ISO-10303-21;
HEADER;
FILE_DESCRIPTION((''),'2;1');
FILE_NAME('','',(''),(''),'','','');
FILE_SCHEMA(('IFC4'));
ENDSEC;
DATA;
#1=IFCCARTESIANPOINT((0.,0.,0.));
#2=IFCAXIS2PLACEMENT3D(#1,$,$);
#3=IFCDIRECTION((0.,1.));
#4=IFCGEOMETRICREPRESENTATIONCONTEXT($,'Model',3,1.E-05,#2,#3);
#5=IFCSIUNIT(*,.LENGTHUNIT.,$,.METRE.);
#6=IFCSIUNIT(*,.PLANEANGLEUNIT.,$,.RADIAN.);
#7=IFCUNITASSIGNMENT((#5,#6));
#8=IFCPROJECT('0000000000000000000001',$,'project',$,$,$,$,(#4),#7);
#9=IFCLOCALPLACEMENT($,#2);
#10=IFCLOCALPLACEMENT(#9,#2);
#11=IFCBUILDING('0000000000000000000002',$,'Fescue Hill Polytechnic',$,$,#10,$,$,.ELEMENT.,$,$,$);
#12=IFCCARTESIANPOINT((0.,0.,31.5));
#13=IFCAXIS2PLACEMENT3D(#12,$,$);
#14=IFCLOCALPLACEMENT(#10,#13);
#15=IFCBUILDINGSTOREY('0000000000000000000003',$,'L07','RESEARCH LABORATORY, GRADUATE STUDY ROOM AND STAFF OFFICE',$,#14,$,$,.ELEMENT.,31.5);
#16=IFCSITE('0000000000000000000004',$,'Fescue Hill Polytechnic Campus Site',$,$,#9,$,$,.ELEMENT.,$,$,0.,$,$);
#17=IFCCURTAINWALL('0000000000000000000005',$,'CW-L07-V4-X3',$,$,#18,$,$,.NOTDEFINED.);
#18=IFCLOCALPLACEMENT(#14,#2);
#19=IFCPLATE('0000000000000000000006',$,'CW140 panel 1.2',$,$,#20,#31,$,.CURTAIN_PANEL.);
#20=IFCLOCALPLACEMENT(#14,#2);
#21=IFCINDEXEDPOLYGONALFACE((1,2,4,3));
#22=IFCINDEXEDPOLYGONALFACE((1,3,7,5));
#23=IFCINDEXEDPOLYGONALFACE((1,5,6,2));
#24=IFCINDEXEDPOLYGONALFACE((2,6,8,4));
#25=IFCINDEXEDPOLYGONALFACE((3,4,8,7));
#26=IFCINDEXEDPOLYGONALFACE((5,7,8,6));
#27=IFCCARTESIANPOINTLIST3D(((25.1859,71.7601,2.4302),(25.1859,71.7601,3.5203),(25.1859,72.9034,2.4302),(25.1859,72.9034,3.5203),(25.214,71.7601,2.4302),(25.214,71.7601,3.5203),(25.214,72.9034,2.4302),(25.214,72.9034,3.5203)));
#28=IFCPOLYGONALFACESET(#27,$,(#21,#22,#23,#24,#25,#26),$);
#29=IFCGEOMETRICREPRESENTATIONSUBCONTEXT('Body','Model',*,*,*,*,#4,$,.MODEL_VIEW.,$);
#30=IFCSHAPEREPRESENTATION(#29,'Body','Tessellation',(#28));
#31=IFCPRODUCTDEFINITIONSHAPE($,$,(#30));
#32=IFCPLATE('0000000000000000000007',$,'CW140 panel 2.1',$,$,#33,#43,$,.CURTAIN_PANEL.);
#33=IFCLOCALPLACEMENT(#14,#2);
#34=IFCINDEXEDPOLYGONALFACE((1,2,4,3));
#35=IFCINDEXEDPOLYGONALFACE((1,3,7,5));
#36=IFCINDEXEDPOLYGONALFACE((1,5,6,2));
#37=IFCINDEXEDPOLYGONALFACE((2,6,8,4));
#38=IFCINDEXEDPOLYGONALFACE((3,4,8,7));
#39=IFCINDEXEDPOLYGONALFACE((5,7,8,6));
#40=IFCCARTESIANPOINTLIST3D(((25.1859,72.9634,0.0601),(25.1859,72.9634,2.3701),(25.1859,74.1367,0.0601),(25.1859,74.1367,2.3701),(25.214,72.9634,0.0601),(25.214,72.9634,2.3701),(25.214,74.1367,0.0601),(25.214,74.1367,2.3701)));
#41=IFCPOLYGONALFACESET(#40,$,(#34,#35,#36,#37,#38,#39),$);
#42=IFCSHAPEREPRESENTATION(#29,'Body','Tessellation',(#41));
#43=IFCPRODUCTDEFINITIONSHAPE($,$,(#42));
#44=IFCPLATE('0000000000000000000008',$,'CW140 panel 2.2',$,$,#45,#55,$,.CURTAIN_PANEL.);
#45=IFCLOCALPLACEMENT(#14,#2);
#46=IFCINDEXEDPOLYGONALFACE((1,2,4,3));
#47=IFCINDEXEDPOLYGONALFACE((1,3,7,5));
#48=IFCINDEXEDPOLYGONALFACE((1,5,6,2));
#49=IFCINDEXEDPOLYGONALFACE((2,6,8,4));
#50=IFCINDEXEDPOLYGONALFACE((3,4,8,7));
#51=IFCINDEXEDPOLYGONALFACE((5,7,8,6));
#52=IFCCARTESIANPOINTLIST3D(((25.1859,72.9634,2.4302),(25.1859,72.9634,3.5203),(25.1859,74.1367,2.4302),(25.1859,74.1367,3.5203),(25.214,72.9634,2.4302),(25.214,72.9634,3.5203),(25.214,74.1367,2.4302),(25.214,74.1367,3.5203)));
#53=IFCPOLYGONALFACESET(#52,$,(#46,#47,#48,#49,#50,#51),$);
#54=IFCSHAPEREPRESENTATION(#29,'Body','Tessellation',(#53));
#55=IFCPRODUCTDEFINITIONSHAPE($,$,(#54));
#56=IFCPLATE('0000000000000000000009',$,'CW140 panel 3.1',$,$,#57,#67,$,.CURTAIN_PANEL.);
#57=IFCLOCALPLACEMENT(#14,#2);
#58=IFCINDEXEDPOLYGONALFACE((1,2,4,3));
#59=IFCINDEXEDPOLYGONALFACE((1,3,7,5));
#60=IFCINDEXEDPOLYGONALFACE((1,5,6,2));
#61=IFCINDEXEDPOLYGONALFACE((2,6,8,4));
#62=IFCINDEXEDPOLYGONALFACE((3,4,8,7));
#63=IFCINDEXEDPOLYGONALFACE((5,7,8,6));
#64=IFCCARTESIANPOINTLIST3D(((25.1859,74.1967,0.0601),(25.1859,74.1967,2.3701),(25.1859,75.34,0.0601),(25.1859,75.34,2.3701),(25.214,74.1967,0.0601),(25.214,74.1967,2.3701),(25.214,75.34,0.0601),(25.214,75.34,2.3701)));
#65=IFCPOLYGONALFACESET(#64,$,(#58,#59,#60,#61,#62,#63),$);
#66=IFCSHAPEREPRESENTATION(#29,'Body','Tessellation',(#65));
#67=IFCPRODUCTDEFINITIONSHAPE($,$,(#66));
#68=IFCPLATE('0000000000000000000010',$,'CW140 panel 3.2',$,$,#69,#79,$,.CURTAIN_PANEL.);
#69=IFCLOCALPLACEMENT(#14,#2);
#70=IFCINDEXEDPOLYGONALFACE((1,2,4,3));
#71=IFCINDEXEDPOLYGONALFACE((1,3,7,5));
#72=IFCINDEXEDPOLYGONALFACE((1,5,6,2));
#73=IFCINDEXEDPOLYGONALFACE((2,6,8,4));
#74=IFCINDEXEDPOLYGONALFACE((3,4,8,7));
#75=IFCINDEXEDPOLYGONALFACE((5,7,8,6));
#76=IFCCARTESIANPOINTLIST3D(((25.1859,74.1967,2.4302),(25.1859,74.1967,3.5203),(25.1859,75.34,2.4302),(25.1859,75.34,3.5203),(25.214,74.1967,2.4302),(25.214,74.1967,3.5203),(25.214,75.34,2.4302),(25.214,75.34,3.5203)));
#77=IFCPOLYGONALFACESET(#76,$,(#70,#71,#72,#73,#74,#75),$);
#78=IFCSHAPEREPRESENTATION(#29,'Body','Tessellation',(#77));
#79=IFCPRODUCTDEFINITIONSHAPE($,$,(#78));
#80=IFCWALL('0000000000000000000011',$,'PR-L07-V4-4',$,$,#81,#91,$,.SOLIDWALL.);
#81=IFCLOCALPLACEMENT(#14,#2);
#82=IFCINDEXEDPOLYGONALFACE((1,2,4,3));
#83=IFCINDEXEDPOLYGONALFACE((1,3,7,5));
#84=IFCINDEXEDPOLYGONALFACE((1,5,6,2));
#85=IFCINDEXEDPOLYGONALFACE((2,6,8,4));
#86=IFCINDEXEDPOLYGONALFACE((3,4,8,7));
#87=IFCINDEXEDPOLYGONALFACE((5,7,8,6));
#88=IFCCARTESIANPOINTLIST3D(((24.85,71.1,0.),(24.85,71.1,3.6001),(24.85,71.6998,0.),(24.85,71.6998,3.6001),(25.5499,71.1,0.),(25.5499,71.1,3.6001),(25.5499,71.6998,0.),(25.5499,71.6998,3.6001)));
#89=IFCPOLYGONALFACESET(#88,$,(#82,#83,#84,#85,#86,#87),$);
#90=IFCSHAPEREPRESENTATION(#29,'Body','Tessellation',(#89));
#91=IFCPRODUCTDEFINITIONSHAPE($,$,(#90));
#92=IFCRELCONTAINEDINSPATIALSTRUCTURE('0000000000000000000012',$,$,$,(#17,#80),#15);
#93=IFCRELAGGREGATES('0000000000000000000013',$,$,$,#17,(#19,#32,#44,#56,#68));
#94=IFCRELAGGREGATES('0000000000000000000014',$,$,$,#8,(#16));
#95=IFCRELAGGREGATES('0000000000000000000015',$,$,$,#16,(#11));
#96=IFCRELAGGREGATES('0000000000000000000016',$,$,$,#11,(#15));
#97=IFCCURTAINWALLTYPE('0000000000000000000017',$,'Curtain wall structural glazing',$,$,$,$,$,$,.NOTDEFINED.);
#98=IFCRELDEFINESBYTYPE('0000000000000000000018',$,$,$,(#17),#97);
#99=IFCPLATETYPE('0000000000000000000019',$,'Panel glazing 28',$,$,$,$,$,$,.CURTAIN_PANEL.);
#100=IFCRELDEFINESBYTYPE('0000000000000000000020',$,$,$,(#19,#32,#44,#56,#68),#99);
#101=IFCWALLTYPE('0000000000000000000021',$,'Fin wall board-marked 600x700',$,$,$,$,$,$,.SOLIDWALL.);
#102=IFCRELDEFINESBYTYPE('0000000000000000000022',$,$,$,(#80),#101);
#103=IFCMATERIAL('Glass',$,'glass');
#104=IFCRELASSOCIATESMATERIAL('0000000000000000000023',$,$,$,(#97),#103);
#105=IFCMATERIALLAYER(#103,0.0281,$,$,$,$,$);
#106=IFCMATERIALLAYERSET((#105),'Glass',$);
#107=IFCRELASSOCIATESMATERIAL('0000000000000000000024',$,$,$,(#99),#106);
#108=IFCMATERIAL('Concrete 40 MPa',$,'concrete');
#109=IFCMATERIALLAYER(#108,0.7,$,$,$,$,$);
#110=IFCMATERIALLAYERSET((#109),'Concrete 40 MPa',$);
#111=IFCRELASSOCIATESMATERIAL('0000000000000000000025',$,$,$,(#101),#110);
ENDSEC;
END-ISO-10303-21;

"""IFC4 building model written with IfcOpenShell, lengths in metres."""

from ifc_helpers import new_model, si_unit, direction, frame, frame_2d, origin, origin_2d, place, context, subcontext, project, spatial, rectangle, extrude, material, layer, layer_set, type_object, element, aggregate, save


model = new_model("IFC4")

# Units and contexts
model_context = context("Model", 3, precision=1e-05, world=origin(), true_north=direction((0.0, 1.0)))
body_context = subcontext(model_context, "Body", "Model", "MODEL_VIEW")
ifc_project = project(units=[si_unit("LENGTHUNIT", "METRE"), si_unit("PLANEANGLEUNIT", "RADIAN")], contexts=[model_context])

# Site, building, storey
site_placement = place(None, origin())
site = spatial("IfcSite", under=ifc_project, at=site_placement, Name="Fescue Hill Polytechnic Campus Site", CompositionType="ELEMENT", RefElevation=0.0)
building_placement = place(site_placement, origin())
building = spatial("IfcBuilding", under=site, at=building_placement, Name="Fescue Hill Polytechnic", CompositionType="ELEMENT")
storey_placement = place(building_placement, frame((0.0, 0.0, 31.5)))
storey = spatial("IfcBuildingStorey", under=building, at=storey_placement, Name="L07", Description="RESEARCH LABORATORY, GRADUATE STUDY ROOM AND STAFF OFFICE", CompositionType="ELEMENT", Elevation=31.5)

# Curtain wall, plates
ifc_material_1 = material(Name="Glass", Category="glass")
curtain_wall_type = type_object("IfcCurtainWallType", Name="Curtain wall structural glazing", PredefinedType="NOTDEFINED", material=ifc_material_1)
curtain_wall_placement = place(storey_placement, origin())
curtain_wall = element("IfcCurtainWall", 1, at=curtain_wall_placement, inside=storey, type_object=curtain_wall_type, Name="CW-L07-V4-X3", PredefinedType="NOTDEFINED")
ifc_layer_1 = layer(ifc_material_1, 0.0281)
ifc_layer_set_1 = layer_set([ifc_layer_1], Name="Glass")
plate_type = type_object("IfcPlateType", Name="Panel glazing 28", PredefinedType="CURTAIN_PANEL", material=ifc_layer_set_1)
plate_1_placement = place(storey_placement, frame((25.2, 72.3318, 2.4302), z_axis=(0.0, 0.0, 1.0), x_axis=(0.0, 1.0, 0.0)))
plate_1 = element("IfcPlate", 2, at=plate_1_placement, type_object=plate_type, Name="CW140 panel 1.2", PredefinedType="CURTAIN_PANEL", context=body_context, shape_type="SweptSolid", body=[
    extrude(rectangle(XDim=1.1433, YDim=0.0281, at=origin_2d()), origin(), (0.0, 0.0, 1.0), 1.0901),
])
plate_2_placement = place(storey_placement, frame((25.2, 73.55, 0.0601), z_axis=(0.0, 0.0, 1.0), x_axis=(0.0, 1.0, 0.0)))
plate_2 = element("IfcPlate", 3, at=plate_2_placement, type_object=plate_type, Name="CW140 panel 2.1", PredefinedType="CURTAIN_PANEL", context=body_context, shape_type="SweptSolid", body=[
    extrude(rectangle(XDim=1.1733, YDim=0.0281, at=origin_2d()), origin(), (0.0, 0.0, 1.0), 2.3101),
])
plate_3_placement = place(storey_placement, frame((25.2, 73.55, 2.4302), z_axis=(0.0, 0.0, 1.0), x_axis=(0.0, 1.0, 0.0)))
plate_3 = element("IfcPlate", 4, at=plate_3_placement, type_object=plate_type, Name="CW140 panel 2.2", PredefinedType="CURTAIN_PANEL", context=body_context, shape_type="SweptSolid", body=[
    extrude(rectangle(XDim=1.1733, YDim=0.0281, at=origin_2d()), origin(), (0.0, 0.0, 1.0), 1.0901),
])
plate_4_placement = place(storey_placement, frame((25.2, 74.7683, 0.0601), z_axis=(0.0, 0.0, 1.0), x_axis=(0.0, 1.0, 0.0)))
plate_4 = element("IfcPlate", 5, at=plate_4_placement, type_object=plate_type, Name="CW140 panel 3.1", PredefinedType="CURTAIN_PANEL", context=body_context, shape_type="SweptSolid", body=[
    extrude(rectangle(XDim=1.1433, YDim=0.0281, at=origin_2d()), origin(), (0.0, 0.0, 1.0), 2.3101),
])
plate_5_placement = place(storey_placement, frame((25.2, 74.7683, 2.4302), z_axis=(0.0, 0.0, 1.0), x_axis=(0.0, 1.0, 0.0)))
plate_5 = element("IfcPlate", 6, at=plate_5_placement, type_object=plate_type, Name="CW140 panel 3.2", PredefinedType="CURTAIN_PANEL", context=body_context, shape_type="SweptSolid", body=[
    extrude(rectangle(XDim=1.1433, YDim=0.0281, at=origin_2d()), origin(), (0.0, 0.0, 1.0), 1.0901),
])
aggregate(curtain_wall, [plate_1, plate_2, plate_3, plate_4, plate_5])

# Wall
ifc_material_2 = material(Name="Concrete 40 MPa", Category="concrete")
ifc_layer_2 = layer(ifc_material_2, 0.7)
ifc_layer_set_2 = layer_set([ifc_layer_2], Name="Concrete 40 MPa")
wall_type = type_object("IfcWallType", Name="Fin wall board-marked 600x700", PredefinedType="SOLIDWALL", material=ifc_layer_set_2)
wall_placement = place(storey_placement, frame((25.2, 71.1001, 0.0), z_axis=(0.0, 0.0, 1.0), x_axis=(0.0, 1.0, 0.0)))
element("IfcWall", 7, at=wall_placement, inside=storey, type_object=wall_type, Name="PR-L07-V4-4", PredefinedType="SOLIDWALL", context=body_context, shape_type="SweptSolid", body=[
    extrude(rectangle(XDim=0.5999, YDim=0.7, at=frame_2d((0.2998, 0.0))), origin(), (0.0, 0.0, 1.0), 3.6001),
])

save(model, "model.ifc")
